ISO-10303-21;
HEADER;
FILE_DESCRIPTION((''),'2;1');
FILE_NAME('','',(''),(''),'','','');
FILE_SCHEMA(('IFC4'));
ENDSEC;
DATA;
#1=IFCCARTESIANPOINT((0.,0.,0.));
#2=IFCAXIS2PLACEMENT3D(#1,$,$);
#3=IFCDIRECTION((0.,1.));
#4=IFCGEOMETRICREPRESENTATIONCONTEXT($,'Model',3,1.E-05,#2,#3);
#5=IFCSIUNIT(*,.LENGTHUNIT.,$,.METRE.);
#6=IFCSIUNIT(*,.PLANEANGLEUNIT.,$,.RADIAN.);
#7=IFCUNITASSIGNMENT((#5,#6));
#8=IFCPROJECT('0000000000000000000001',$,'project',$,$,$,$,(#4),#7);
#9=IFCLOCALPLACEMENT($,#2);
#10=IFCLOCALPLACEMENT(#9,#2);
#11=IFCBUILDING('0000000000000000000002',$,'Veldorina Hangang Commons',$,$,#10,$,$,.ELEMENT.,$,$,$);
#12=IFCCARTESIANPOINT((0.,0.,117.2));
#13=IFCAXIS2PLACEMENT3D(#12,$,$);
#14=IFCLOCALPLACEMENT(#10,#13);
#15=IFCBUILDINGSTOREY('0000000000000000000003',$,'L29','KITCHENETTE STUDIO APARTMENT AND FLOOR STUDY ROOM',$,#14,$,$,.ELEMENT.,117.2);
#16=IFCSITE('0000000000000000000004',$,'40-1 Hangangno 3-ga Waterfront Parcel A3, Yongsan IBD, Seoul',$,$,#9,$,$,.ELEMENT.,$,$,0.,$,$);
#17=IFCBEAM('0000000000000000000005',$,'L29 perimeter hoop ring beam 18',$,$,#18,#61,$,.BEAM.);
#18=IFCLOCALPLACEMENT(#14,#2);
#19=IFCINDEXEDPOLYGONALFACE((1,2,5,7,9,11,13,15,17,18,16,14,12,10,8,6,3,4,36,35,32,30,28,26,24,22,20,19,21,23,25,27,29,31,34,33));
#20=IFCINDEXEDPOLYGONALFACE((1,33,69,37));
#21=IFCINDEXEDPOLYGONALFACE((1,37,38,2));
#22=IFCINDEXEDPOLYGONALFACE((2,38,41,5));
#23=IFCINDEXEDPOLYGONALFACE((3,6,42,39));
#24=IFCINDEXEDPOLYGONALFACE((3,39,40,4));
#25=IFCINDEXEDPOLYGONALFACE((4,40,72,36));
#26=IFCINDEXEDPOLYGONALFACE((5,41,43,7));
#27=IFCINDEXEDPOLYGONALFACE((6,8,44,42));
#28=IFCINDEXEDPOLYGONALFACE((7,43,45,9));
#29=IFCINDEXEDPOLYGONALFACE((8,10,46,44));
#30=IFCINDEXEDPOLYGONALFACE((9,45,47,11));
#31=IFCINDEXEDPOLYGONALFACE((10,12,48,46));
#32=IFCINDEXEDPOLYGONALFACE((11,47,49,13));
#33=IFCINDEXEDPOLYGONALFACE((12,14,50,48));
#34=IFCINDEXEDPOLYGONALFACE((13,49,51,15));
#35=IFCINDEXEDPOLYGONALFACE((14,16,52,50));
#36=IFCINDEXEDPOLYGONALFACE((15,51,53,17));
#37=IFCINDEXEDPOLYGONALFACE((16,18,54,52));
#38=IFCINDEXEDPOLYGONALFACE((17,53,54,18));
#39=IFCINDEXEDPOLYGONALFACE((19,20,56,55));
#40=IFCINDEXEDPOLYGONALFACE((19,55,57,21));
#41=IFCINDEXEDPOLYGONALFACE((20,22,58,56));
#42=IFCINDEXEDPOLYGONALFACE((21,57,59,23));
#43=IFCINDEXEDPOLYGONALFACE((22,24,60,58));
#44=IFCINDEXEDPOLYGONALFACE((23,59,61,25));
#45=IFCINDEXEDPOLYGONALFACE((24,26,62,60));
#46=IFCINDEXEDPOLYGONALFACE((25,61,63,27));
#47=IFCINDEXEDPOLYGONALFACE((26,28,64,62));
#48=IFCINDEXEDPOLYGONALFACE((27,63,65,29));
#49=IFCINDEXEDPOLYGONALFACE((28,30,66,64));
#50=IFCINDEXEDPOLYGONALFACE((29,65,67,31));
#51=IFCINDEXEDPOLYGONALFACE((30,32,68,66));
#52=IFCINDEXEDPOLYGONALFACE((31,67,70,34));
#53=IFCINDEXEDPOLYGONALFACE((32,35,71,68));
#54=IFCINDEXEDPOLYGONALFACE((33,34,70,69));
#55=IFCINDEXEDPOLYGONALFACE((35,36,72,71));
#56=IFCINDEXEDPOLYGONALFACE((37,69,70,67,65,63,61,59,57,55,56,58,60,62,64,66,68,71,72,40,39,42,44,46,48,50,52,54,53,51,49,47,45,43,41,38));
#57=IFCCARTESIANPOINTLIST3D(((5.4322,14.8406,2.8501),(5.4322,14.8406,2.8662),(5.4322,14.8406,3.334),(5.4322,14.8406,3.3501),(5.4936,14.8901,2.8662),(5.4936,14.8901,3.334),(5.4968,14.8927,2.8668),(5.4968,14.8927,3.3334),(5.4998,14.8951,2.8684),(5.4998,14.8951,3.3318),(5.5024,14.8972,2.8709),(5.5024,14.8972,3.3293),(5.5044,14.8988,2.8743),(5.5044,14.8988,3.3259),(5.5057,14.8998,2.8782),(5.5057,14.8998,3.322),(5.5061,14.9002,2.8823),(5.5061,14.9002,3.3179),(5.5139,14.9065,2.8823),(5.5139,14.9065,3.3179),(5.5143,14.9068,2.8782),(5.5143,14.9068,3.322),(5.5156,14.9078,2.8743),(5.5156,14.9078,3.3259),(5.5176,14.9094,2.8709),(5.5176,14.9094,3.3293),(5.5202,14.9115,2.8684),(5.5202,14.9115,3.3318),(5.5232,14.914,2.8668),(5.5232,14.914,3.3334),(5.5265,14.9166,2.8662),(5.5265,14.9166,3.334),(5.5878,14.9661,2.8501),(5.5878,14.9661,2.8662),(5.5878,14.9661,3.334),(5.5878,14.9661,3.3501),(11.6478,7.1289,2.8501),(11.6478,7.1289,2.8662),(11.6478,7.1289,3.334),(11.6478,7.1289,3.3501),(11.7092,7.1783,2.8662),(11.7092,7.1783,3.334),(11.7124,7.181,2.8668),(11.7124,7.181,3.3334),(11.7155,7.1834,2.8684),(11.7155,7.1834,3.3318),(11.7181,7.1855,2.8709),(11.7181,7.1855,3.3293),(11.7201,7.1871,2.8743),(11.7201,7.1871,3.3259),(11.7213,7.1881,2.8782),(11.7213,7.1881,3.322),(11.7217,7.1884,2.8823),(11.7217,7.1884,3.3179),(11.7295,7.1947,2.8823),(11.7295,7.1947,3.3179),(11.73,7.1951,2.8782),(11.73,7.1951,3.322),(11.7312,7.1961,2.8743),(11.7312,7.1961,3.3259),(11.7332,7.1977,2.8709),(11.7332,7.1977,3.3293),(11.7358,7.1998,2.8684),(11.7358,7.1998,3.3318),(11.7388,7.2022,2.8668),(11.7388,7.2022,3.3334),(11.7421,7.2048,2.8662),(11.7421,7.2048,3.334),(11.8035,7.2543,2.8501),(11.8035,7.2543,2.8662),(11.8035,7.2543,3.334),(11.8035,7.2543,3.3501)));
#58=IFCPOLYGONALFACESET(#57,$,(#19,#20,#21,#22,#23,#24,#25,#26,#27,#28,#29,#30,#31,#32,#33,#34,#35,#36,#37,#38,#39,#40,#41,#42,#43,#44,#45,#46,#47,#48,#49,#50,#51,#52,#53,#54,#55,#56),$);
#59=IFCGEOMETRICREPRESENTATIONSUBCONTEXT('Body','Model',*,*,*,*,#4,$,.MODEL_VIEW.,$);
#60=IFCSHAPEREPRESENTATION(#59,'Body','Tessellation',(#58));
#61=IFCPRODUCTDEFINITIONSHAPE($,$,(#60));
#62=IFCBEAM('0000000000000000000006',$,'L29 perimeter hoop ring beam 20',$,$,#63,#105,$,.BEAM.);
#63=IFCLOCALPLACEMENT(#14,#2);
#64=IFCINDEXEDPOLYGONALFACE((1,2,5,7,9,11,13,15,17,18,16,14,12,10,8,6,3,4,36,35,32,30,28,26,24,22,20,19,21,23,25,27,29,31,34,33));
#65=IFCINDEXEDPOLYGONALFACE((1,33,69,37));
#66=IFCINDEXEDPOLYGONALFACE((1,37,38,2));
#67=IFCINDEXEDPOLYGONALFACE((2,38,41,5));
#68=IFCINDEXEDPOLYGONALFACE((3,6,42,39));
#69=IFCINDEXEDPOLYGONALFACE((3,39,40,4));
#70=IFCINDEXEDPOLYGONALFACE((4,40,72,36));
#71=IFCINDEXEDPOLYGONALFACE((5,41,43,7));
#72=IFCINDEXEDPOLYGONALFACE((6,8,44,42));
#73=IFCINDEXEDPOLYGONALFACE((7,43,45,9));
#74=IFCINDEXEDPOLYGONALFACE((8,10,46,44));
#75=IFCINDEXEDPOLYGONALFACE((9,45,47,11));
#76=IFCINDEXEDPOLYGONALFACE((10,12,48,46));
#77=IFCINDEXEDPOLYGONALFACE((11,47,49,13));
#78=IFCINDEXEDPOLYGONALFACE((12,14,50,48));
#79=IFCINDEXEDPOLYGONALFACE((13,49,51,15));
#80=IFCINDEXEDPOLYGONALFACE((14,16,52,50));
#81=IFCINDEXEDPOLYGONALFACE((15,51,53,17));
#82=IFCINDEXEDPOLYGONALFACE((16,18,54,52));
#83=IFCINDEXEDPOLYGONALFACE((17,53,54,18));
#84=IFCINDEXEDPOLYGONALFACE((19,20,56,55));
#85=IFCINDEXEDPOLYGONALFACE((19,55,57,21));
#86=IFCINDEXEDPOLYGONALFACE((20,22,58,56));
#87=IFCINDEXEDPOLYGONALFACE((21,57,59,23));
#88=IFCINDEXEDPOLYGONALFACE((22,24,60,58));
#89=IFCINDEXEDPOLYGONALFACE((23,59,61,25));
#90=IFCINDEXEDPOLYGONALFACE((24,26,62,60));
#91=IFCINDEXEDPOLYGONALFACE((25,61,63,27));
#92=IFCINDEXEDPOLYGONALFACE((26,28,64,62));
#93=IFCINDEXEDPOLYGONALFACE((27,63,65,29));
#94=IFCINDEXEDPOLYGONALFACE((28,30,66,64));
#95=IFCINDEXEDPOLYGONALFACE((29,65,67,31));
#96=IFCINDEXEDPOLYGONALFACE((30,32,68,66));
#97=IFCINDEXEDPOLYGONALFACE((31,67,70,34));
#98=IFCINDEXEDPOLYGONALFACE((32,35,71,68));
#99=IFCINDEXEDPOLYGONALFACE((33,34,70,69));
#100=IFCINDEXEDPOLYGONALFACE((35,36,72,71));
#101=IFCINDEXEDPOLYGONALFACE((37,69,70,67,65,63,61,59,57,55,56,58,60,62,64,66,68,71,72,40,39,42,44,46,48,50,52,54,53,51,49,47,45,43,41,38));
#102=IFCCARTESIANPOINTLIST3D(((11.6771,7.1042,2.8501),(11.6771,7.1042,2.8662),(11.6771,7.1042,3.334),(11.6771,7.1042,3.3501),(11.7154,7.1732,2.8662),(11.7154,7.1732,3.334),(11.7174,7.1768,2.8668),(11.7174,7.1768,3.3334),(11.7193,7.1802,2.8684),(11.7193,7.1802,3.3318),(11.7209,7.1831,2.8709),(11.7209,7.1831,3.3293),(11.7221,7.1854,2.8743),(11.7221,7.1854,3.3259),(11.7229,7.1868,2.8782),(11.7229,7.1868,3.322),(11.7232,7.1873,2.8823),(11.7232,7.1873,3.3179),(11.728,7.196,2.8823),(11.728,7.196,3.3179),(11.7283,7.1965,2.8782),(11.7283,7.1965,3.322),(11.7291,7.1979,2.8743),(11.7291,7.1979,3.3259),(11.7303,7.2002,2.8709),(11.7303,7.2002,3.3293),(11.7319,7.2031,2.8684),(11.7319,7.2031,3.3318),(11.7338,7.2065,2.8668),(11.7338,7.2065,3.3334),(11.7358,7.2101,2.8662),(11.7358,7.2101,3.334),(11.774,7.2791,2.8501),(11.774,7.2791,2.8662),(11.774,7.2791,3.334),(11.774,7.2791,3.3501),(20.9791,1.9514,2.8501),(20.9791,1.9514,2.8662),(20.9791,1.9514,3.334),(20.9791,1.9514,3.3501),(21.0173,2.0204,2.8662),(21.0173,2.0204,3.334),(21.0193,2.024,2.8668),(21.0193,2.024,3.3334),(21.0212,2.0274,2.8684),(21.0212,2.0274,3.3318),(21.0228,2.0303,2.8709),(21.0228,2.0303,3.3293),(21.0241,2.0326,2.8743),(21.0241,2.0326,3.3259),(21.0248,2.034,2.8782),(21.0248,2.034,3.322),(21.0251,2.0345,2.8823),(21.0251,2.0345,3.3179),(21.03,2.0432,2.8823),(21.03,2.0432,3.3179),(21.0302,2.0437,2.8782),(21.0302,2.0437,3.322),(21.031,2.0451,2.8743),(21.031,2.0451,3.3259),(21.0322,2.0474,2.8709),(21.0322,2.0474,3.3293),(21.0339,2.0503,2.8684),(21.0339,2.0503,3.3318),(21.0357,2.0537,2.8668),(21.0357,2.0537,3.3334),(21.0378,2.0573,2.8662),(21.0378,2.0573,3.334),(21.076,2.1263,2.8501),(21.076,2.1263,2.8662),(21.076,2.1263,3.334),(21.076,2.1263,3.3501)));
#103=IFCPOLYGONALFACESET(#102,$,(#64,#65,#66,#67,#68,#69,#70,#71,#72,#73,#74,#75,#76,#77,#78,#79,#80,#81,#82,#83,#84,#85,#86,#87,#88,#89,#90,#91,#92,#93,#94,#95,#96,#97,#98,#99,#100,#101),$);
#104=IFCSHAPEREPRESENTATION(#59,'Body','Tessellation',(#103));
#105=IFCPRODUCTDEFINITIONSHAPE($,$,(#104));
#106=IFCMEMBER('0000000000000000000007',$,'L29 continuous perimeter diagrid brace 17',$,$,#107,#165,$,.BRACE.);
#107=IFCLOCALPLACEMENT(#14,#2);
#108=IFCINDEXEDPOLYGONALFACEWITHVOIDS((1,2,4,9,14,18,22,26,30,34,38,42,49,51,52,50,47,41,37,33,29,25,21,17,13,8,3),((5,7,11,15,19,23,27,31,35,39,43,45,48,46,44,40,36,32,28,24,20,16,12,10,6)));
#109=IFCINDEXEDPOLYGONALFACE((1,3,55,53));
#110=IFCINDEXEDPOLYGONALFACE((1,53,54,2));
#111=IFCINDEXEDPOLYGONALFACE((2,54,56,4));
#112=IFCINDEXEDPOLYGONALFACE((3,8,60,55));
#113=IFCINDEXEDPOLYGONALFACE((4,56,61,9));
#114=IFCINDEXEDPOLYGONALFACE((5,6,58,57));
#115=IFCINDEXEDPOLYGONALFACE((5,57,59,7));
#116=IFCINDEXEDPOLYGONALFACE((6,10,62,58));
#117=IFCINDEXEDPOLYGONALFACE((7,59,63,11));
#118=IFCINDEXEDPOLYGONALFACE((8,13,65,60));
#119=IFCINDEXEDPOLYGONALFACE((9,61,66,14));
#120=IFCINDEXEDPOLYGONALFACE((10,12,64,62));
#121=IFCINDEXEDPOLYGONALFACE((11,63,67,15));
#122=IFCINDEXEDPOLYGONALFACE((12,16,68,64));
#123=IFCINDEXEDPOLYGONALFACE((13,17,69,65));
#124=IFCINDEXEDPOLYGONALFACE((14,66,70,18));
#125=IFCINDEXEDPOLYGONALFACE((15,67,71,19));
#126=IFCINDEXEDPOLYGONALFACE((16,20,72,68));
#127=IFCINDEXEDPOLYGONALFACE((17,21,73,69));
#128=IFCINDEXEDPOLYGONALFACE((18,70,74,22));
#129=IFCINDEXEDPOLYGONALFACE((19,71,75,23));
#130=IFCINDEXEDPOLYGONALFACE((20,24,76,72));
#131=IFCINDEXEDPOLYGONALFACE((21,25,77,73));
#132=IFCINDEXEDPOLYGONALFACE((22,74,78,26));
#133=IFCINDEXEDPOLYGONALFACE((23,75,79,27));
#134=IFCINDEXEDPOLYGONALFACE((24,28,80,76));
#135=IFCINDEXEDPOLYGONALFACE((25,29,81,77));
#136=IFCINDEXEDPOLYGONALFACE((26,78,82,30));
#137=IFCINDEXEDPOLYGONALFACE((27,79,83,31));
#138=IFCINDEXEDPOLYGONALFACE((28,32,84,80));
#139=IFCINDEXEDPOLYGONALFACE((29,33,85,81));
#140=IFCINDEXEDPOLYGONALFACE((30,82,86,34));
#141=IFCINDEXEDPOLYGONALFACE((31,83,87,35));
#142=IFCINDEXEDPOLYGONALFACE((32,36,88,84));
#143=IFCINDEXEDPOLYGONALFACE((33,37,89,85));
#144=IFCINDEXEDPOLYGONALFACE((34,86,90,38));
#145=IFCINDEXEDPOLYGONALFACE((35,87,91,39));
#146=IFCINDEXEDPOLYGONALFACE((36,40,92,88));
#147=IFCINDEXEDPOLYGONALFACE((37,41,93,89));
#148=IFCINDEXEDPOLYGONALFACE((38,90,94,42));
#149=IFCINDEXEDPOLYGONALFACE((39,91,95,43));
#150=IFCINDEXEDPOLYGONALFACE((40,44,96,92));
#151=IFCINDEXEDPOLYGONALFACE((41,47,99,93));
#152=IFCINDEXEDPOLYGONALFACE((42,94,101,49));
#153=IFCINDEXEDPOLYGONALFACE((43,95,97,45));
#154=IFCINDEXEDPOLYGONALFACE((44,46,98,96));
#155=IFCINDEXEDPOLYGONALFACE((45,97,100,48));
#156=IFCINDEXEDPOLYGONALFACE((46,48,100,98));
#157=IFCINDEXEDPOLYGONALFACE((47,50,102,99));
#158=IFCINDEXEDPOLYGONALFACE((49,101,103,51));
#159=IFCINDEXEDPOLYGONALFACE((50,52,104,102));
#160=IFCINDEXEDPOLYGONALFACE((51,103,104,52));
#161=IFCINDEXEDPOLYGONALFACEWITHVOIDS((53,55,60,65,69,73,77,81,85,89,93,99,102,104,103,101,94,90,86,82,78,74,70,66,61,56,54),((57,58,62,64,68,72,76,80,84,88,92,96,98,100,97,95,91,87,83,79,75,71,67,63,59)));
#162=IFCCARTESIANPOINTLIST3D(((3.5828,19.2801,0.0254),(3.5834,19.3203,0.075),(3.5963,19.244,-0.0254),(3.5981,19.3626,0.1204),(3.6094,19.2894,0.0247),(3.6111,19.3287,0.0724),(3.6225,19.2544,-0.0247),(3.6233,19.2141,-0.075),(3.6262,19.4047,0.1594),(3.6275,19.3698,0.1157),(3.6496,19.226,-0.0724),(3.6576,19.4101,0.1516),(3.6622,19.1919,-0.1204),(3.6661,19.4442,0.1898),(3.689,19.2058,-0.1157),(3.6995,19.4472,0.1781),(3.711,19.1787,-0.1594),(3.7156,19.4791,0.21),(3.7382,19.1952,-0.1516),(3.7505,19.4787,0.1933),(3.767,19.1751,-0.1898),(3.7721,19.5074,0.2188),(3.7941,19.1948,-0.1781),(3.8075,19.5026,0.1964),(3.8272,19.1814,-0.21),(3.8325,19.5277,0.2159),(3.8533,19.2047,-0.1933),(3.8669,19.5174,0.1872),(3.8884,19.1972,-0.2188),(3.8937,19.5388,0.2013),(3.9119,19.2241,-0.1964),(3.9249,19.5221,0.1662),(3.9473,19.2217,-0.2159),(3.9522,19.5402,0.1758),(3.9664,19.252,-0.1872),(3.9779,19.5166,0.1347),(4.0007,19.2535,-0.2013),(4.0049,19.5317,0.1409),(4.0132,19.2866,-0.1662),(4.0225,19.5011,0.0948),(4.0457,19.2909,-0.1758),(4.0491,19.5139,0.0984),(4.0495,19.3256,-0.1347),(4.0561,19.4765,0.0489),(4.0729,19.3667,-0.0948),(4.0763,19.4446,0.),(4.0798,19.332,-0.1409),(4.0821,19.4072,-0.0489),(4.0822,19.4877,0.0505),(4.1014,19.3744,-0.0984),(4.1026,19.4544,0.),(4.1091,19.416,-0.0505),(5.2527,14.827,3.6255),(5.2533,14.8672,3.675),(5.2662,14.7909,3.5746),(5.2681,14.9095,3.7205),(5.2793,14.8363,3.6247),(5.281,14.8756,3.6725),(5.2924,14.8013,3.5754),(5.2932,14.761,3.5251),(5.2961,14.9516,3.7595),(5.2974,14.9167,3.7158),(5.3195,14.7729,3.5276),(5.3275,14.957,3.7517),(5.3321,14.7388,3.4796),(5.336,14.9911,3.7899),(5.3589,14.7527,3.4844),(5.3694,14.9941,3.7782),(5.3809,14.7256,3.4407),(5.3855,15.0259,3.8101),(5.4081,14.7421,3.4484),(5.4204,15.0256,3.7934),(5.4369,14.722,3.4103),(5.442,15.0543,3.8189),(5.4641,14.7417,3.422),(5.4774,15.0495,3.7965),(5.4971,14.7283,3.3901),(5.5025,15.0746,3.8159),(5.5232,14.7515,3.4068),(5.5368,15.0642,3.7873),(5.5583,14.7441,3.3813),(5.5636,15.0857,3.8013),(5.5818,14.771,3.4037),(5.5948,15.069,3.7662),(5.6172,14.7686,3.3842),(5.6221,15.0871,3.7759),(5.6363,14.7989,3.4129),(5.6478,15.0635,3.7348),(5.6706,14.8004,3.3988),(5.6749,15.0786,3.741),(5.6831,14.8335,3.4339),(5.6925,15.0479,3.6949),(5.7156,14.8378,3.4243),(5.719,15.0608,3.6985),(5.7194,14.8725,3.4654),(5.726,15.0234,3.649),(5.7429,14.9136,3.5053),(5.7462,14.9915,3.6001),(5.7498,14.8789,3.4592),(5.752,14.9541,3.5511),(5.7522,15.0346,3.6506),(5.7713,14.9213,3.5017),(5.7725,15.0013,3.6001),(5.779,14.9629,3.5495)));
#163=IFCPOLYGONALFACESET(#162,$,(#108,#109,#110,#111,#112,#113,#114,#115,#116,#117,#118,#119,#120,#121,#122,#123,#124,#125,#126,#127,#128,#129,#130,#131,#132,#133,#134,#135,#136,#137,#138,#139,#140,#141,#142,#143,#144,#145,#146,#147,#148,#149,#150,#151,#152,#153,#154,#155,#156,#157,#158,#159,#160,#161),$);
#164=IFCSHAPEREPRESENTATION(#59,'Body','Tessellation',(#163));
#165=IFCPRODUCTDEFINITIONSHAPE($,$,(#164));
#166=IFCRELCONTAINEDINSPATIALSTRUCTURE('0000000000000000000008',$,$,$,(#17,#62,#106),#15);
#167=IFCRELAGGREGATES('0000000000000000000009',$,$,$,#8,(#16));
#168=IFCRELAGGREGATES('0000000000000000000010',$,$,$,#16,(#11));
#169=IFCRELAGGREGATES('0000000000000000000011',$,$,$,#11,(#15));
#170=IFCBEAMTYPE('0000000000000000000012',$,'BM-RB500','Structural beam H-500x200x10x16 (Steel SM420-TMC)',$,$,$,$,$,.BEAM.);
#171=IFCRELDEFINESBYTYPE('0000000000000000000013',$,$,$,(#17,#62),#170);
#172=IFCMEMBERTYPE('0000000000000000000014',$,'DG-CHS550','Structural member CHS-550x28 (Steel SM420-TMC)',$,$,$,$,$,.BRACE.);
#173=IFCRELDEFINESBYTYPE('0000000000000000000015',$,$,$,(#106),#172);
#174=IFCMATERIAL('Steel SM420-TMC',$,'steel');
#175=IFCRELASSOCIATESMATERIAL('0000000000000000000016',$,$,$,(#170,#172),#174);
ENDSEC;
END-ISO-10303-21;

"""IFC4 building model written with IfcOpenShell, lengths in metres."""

from ifc_helpers import new_model, si_unit, direction, frame, origin, origin_2d, place, context, subcontext, project, spatial, hollow_circle, i_section, extrude, material, material_profile, profile_set, type_object, element, save


model = new_model("IFC4")

# Units and contexts
model_context = context("Model", 3, precision=1e-05, world=origin(), true_north=direction((0.0, 1.0)))
body_context = subcontext(model_context, "Body", "Model", "MODEL_VIEW")
ifc_project = project(units=[si_unit("LENGTHUNIT", "METRE"), si_unit("PLANEANGLEUNIT", "RADIAN")], contexts=[model_context])

# Site, building, storey
site_placement = place(None, origin())
site = spatial("IfcSite", under=ifc_project, at=site_placement, Name="40-1 Hangangno 3-ga Waterfront Parcel A3, Yongsan IBD, Seoul", CompositionType="ELEMENT", RefElevation=0.0)
building_placement = place(site_placement, origin())
building = spatial("IfcBuilding", under=site, at=building_placement, Name="Veldorina Hangang Commons", CompositionType="ELEMENT")
storey_placement = place(building_placement, frame((0.0, 0.0, 117.2)))
storey = spatial("IfcBuildingStorey", under=building, at=storey_placement, Name="L29", Description="KITCHENETTE STUDIO APARTMENT AND FLOOR STUDY ROOM", CompositionType="ELEMENT", Elevation=117.2)

# Beams
ifc_material_1 = material(Name="Steel SM420-TMC", Category="steel")
ifc_material_profile_1 = material_profile(ifc_material_1, i_section(OverallWidth=0.2, OverallDepth=0.5, WebThickness=0.01, FlangeThickness=0.0161, FilletRadius=0.0161, at=origin_2d()), Name="H-500x200x10x16")
ifc_profile_set_1 = profile_set([ifc_material_profile_1], Name="Steel SM420-TMC")
beam_type = type_object("IfcBeamType", Name="BM-RB500", Description="Structural beam H-500x200x10x16 (Steel SM420-TMC)", PredefinedType="BEAM", material=ifc_profile_set_1)
beam_1_placement = place(storey_placement, frame((5.51, 14.9033, 3.1001), z_axis=(0.627538, -0.778586, 0.0), x_axis=(0.778586, 0.627538, 0.0)))
element("IfcBeam", 1, at=beam_1_placement, inside=storey, type_object=beam_type, Name="L29 perimeter hoop ring beam 18", PredefinedType="BEAM", context=body_context, shape_type="SweptSolid", body=[
    extrude(i_section(OverallWidth=0.2, OverallDepth=0.5, WebThickness=0.01, FlangeThickness=0.0161, FilletRadius=0.0161, at=origin_2d()), origin(), (0.0, 0.0, 1.0), 9.9048),
])
beam_2_placement = place(storey_placement, frame((11.7256, 7.1917, 3.1001), z_axis=(0.874753, -0.484568, 0.0), x_axis=(0.484568, 0.874753, 0.0)))
element("IfcBeam", 2, at=beam_2_placement, inside=storey, type_object=beam_type, Name="L29 perimeter hoop ring beam 20", PredefinedType="BEAM", context=body_context, shape_type="SweptSolid", body=[
    extrude(i_section(OverallWidth=0.2, OverallDepth=0.5, WebThickness=0.01, FlangeThickness=0.0161, FilletRadius=0.0161, at=origin_2d()), origin(), (0.0, 0.0, 1.0), 10.6338),
])

# Member
ifc_material_profile_2 = material_profile(ifc_material_1, hollow_circle(Radius=0.2749, WallThickness=0.0281, at=origin_2d()), Name="CHS-550x28")
ifc_profile_set_2 = profile_set([ifc_material_profile_2], Name="Steel SM420-TMC")
member_type = type_object("IfcMemberType", Name="DG-CHS550", Description="Structural member CHS-550x28 (Steel SM420-TMC)", PredefinedType="BRACE", material=ifc_profile_set_2)
member_1_placement = place(storey_placement, frame((3.8452, 19.3579, 0.0), z_axis=(0.27996, -0.746559, 0.60355), x_axis=(0.936329, 0.351123, 0.0)))
element("IfcMember", 3, at=member_1_placement, inside=storey, type_object=member_type, Name="L29 continuous perimeter diagrid brace 17", PredefinedType="BRACE", context=body_context, shape_type="SweptSolid", body=[
    extrude(hollow_circle(Radius=0.2749, WallThickness=0.0281, at=origin_2d()), origin(), (0.0, 0.0, 1.0), 5.9648),
])

save(model, "model.ifc")
